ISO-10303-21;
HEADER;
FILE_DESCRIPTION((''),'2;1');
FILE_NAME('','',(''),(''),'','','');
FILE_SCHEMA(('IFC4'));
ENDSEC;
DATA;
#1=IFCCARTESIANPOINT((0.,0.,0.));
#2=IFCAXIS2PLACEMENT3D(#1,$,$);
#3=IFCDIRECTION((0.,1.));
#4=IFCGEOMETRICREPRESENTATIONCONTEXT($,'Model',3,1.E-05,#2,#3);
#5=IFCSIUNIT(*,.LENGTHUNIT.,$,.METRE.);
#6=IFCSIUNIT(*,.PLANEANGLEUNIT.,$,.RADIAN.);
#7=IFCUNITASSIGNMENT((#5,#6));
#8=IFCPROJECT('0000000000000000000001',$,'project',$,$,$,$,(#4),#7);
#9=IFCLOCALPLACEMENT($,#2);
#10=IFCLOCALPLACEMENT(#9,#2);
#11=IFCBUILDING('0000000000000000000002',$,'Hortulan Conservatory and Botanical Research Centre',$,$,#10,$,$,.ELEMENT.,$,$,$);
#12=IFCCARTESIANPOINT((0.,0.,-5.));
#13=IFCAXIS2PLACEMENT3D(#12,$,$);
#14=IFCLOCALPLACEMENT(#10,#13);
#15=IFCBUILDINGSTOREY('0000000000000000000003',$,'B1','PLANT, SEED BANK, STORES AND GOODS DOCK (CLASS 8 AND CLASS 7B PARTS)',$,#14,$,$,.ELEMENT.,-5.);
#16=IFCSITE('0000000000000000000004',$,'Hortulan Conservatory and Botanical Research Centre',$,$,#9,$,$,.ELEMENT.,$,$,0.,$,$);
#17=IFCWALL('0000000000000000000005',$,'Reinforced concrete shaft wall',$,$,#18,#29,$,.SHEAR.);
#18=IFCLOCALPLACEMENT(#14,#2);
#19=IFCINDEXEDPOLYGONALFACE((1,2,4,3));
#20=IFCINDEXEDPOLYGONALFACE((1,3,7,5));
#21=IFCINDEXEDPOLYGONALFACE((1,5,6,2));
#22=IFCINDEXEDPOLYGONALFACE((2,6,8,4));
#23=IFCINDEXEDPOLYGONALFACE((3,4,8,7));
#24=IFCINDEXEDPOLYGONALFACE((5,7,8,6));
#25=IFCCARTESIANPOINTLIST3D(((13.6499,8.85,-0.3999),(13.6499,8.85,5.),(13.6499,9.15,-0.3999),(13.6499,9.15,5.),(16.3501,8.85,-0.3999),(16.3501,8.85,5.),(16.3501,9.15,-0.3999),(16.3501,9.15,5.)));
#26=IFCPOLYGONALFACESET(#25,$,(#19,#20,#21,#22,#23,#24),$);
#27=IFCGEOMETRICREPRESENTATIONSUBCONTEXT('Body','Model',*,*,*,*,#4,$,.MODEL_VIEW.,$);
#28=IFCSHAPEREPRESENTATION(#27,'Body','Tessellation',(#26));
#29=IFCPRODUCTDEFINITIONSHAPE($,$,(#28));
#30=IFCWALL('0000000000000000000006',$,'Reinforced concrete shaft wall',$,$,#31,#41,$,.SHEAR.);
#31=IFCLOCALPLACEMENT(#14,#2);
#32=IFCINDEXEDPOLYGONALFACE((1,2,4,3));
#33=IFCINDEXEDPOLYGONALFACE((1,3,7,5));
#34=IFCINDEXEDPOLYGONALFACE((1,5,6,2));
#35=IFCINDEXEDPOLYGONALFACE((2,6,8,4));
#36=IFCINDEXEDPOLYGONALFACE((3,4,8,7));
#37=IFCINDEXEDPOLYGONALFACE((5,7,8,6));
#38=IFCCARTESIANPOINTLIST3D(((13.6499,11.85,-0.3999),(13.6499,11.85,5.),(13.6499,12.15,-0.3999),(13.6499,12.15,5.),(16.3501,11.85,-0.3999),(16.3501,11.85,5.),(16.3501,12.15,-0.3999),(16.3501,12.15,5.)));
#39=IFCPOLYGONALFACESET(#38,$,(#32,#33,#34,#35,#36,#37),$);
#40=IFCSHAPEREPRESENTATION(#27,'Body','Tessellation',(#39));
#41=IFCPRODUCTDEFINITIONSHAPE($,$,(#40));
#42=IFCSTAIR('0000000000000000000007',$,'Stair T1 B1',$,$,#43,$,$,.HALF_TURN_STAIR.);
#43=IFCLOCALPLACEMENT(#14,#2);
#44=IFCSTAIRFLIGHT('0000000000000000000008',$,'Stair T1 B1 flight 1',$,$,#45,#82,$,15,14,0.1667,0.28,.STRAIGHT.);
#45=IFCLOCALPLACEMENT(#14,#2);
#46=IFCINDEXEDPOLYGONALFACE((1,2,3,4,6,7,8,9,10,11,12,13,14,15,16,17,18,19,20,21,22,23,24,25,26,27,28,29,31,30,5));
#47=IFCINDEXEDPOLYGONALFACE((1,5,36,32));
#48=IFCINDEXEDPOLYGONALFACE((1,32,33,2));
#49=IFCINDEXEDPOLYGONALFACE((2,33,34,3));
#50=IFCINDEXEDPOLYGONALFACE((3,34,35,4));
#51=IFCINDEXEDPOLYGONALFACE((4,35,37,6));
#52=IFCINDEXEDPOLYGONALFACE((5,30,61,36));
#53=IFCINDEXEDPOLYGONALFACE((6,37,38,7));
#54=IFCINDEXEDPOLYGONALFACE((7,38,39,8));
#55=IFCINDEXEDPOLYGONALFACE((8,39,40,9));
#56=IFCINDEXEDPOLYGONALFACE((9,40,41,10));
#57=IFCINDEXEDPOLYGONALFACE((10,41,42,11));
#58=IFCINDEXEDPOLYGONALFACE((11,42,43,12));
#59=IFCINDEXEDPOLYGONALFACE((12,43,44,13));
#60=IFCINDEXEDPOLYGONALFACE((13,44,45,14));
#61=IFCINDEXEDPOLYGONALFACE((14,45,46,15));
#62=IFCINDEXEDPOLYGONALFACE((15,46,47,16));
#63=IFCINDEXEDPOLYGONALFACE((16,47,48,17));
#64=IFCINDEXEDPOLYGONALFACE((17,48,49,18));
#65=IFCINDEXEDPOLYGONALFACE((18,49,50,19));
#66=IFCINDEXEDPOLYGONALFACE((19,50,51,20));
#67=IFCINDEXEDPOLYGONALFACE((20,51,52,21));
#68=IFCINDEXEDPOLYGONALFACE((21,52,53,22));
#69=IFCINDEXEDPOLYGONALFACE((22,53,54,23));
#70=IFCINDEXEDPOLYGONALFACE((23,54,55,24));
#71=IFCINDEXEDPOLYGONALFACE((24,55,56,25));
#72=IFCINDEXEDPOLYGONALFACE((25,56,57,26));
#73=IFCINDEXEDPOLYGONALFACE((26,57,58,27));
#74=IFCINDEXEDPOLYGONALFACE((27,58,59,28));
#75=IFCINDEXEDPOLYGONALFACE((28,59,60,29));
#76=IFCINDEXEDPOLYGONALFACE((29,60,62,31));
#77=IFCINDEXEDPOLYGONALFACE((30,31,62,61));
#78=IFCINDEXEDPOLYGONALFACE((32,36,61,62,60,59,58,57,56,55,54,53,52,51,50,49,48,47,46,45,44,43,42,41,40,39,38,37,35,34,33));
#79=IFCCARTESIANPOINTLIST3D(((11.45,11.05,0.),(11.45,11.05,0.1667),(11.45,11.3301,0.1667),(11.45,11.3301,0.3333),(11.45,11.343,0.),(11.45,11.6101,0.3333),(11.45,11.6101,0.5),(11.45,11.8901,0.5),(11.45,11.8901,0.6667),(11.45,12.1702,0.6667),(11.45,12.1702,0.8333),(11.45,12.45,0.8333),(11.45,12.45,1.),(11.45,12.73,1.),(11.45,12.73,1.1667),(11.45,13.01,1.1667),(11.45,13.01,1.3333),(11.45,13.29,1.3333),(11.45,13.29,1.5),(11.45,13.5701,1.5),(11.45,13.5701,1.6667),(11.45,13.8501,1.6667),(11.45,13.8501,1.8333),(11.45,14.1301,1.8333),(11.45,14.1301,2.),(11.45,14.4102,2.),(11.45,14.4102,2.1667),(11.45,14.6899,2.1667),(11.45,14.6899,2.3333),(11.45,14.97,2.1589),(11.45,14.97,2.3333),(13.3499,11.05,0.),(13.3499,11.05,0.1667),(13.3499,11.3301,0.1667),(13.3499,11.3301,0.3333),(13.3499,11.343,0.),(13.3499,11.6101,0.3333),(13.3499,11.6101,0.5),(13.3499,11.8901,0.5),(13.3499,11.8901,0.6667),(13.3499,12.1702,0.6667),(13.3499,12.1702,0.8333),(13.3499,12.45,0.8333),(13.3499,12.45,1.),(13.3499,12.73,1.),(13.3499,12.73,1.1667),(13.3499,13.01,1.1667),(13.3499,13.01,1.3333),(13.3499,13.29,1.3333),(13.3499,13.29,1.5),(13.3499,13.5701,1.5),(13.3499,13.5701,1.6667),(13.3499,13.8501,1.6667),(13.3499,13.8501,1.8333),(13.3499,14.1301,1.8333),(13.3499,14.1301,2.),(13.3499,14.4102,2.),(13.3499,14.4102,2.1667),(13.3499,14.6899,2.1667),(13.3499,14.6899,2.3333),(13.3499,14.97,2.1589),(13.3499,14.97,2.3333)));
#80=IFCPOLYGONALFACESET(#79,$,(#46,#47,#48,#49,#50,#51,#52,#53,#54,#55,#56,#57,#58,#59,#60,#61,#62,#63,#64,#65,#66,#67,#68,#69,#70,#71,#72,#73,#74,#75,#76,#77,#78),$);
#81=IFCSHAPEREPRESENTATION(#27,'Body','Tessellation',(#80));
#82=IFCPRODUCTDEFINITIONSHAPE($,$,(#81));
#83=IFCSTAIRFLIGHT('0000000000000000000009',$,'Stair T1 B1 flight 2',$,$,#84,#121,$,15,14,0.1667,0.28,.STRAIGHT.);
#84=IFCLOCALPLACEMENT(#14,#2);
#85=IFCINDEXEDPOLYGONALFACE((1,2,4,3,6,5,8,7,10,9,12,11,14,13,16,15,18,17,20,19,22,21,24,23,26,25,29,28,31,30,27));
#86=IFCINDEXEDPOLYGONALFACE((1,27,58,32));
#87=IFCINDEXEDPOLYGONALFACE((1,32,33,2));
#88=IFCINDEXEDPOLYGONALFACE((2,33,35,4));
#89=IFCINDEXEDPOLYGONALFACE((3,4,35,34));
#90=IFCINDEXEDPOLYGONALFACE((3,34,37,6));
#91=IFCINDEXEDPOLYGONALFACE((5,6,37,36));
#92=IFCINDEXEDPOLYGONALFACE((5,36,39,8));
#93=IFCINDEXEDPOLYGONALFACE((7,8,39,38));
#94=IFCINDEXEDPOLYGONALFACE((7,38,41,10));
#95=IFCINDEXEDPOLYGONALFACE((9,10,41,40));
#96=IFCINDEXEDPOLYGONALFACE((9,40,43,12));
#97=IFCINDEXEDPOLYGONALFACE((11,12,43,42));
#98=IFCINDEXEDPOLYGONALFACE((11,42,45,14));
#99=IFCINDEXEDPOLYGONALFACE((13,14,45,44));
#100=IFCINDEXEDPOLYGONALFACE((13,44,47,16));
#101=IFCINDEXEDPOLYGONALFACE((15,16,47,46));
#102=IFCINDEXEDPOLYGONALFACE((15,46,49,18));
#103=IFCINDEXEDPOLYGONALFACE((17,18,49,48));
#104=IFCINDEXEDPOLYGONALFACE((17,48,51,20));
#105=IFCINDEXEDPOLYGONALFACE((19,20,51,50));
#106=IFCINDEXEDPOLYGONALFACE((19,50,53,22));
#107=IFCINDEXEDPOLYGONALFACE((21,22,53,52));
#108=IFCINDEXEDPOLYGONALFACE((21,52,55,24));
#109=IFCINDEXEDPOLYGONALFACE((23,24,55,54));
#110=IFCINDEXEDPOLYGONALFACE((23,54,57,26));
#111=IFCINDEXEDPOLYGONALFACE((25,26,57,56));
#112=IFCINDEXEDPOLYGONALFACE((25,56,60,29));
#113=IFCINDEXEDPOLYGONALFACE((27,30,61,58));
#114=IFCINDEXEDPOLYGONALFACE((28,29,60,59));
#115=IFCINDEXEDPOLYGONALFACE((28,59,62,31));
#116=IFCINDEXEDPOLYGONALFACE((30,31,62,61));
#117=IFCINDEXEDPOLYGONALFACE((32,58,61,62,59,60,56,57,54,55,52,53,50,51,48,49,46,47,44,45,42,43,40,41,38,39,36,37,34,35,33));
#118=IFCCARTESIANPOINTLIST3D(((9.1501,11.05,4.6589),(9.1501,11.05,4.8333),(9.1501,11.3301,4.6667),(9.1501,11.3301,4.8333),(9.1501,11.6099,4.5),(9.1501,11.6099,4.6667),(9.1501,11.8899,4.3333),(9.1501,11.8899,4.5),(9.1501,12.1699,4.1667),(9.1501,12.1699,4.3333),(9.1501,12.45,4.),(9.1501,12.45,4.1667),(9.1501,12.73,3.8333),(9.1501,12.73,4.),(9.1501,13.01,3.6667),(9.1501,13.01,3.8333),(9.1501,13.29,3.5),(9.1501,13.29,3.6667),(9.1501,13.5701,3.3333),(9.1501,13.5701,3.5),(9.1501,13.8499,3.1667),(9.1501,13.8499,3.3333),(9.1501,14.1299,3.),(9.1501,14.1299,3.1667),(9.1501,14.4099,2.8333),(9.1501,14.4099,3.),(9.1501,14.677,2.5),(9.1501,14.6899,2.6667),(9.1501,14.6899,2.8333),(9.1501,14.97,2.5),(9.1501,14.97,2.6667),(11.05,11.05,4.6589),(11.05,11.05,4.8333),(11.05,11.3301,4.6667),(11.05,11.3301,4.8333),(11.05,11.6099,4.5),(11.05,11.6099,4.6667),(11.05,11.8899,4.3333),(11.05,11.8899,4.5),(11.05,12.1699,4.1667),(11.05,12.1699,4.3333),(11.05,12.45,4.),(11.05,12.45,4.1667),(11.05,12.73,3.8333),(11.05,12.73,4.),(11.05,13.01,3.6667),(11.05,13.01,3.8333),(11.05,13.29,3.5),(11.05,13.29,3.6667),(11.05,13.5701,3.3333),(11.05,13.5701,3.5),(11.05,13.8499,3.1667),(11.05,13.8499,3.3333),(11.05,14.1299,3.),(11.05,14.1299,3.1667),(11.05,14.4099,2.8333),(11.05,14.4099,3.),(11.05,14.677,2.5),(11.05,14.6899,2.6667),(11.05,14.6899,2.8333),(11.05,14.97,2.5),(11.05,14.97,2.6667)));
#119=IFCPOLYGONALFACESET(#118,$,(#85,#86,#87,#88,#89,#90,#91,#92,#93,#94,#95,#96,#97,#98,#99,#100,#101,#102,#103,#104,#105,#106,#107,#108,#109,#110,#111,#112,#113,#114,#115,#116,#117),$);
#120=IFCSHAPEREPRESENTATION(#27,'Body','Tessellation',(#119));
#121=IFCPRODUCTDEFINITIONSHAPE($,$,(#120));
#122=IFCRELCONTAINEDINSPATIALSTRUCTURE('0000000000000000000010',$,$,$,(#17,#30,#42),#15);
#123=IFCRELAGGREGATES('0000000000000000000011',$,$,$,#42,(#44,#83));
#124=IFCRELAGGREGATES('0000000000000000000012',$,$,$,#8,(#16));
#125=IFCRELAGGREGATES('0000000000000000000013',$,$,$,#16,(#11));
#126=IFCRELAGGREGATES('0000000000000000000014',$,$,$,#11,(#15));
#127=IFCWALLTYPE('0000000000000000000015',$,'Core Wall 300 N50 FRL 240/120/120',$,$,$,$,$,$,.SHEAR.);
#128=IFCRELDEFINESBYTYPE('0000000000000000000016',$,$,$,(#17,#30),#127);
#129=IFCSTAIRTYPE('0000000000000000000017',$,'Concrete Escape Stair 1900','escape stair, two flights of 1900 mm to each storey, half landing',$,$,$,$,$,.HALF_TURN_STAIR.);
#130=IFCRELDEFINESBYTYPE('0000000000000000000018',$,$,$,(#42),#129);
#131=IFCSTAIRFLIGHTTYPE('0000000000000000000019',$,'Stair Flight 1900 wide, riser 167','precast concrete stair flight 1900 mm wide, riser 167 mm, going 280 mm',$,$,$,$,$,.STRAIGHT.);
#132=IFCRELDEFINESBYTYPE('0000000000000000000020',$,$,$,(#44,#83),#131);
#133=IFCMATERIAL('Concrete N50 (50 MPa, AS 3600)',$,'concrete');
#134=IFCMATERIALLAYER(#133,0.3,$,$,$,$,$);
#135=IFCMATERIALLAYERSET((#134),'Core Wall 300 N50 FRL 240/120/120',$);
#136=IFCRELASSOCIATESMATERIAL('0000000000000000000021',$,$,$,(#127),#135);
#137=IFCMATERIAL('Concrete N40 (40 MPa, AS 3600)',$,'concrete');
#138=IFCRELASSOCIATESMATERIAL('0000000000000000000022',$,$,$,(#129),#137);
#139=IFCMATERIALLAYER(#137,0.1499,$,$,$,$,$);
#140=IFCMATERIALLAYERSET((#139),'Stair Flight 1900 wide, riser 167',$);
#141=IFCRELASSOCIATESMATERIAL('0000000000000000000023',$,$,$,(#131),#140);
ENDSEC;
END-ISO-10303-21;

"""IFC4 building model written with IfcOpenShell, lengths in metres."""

from ifc_helpers import new_model, si_unit, direction, frame, frame_2d, origin, place, context, subcontext, project, spatial, polyline, rectangle, outline, extrude, material, layer, layer_set, type_object, element, aggregate, save


model = new_model("IFC4")

# Units and contexts
model_context = context("Model", 3, precision=1e-05, world=origin(), true_north=direction((0.0, 1.0)))
body_context = subcontext(model_context, "Body", "Model", "MODEL_VIEW")
ifc_project = project(units=[si_unit("LENGTHUNIT", "METRE"), si_unit("PLANEANGLEUNIT", "RADIAN")], contexts=[model_context])

# Site, building, storey
site_placement = place(None, origin())
site = spatial("IfcSite", under=ifc_project, at=site_placement, Name="Hortulan Conservatory and Botanical Research Centre", CompositionType="ELEMENT", RefElevation=0.0)
building_placement = place(site_placement, origin())
building = spatial("IfcBuilding", under=site, at=building_placement, Name="Hortulan Conservatory and Botanical Research Centre", CompositionType="ELEMENT")
storey_placement = place(building_placement, frame((0.0, 0.0, -5.0)))
storey = spatial("IfcBuildingStorey", under=building, at=storey_placement, Name="B1", Description="PLANT, SEED BANK, STORES AND GOODS DOCK (CLASS 8 AND CLASS 7B PARTS)", CompositionType="ELEMENT", Elevation=-5.0)

# Shared definitions
ifc_material_1 = material(Name="Concrete N40 (40 MPa, AS 3600)", Category="concrete")

# Walls
ifc_material_2 = material(Name="Concrete N50 (50 MPa, AS 3600)", Category="concrete")
ifc_layer_1 = layer(ifc_material_2, 0.3)
ifc_layer_set_1 = layer_set([ifc_layer_1], Name="Core Wall 300 N50 FRL 240/120/120")
wall_type_1 = type_object("IfcWallType", Name="Core Wall 300 N50 FRL 240/120/120", PredefinedType="SHEAR", material=ifc_layer_set_1)
for number, where, z_axis, x_axis, name in (
    (1, (13.6499, 9.0, -0.3999), (0.0, 0.0, 1.0), (1.0, 0.0, 0.0), "Reinforced concrete shaft wall"),
    (2, (13.6499, 12.0, -0.3999), (0.0, 0.0, 1.0), (1.0, 0.0, 0.0), "Reinforced concrete shaft wall"),
):
    element("IfcWall", number, at=place(storey_placement, frame(where, z_axis=z_axis, x_axis=x_axis)), inside=storey, type_object=wall_type_1, Name=name, PredefinedType="SHEAR", context=body_context, shape_type="SweptSolid", body=[
        extrude(rectangle(XDim=2.7002, YDim=0.3, at=frame_2d((1.3501, 0.0))), origin(), (0.0, 0.0, 1.0), 5.3999),
    ])

# Stair, stair flights
stair_type = type_object("IfcStairType", Name="Concrete Escape Stair 1900", Description="escape stair, two flights of 1900 mm to each storey, half landing", PredefinedType="HALF_TURN_STAIR", material=ifc_material_1)
stair_placement = place(storey_placement, origin())
stair = element("IfcStair", 3, at=stair_placement, inside=storey, type_object=stair_type, Name="Stair T1 B1", PredefinedType="HALF_TURN_STAIR")
ifc_layer_2 = layer(ifc_material_1, 0.1499)
ifc_layer_set_2 = layer_set([ifc_layer_2], Name="Stair Flight 1900 wide, riser 167")
stair_flight_type = type_object("IfcStairFlightType", Name="Stair Flight 1900 wide, riser 167", Description="precast concrete stair flight 1900 mm wide, riser 167 mm, going 280 mm", PredefinedType="STRAIGHT", material=ifc_layer_set_2)
stair_flight_1_placement = place(storey_placement, frame((12.3999, 11.05, 0.0), z_axis=(0.0, 0.0, 1.0), x_axis=(0.0, 1.0, 0.0)))
stair_flight_1 = element("IfcStairFlight", 4, at=stair_flight_1_placement, type_object=stair_flight_type, Name="Stair T1 B1 flight 1", NumberOfRisers=15, NumberOfTreads=14, PredefinedType="STRAIGHT", RiserHeight=0.1667, TreadLength=0.28, context=body_context, shape_type="SweptSolid", body=[
    extrude(outline(polyline([(0.0, 0.0), (0.0, 0.1667), (0.28, 0.1667), (0.28, 0.3333), (0.5601, 0.3333), (0.5601, 0.5), (0.8401, 0.5), (0.8401, 0.6667), (1.1201, 0.6667), (1.1201, 0.8333), (1.3999, 0.8333), (1.3999, 1.0), (1.6799, 1.0), (1.6799, 1.1667), (1.96, 1.1667), (1.96, 1.3333), (2.24, 1.3333), (2.24, 1.5), (2.52, 1.5), (2.52, 1.6667), (2.8, 1.6667), (2.8, 1.8333), (3.0801, 1.8333), (3.0801, 2.0), (3.3601, 2.0), (3.3601, 2.1667), (3.6399, 2.1667), (3.6399, 2.3333), (3.9199, 2.3333), (3.9199, 2.5), (3.9199, 2.1589), (0.293, 0.0), (0.0, 0.0)])), frame((0.0, 0.95, 0.0), z_axis=(0.0, -1.0, 0.0), x_axis=(1.0, 0.0, 0.0)), (0.0, 0.0, 1.0), 1.8999),
])
stair_flight_2_placement = place(storey_placement, frame((10.1001, 14.97, 2.5), z_axis=(0.0, 0.0, 1.0), x_axis=(0.0, -1.0, 0.0)))
stair_flight_2 = element("IfcStairFlight", 5, at=stair_flight_2_placement, type_object=stair_flight_type, Name="Stair T1 B1 flight 2", NumberOfRisers=15, NumberOfTreads=14, PredefinedType="STRAIGHT", RiserHeight=0.1667, TreadLength=0.28, context=body_context, shape_type="SweptSolid", body=[
    extrude(outline(polyline([(0.0, 0.0), (0.0, 0.1667), (0.28, 0.1667), (0.28, 0.3333), (0.5601, 0.3333), (0.5601, 0.5), (0.8401, 0.5), (0.8401, 0.6667), (1.1201, 0.6667), (1.1201, 0.8333), (1.3999, 0.8333), (1.3999, 1.0), (1.6799, 1.0), (1.6799, 1.1667), (1.96, 1.1667), (1.96, 1.3333), (2.24, 1.3333), (2.24, 1.5), (2.52, 1.5), (2.52, 1.6667), (2.8, 1.6667), (2.8, 1.8333), (3.0801, 1.8333), (3.0801, 2.0), (3.3601, 2.0), (3.3601, 2.1667), (3.6399, 2.1667), (3.6399, 2.3333), (3.9199, 2.3333), (3.9199, 2.5), (3.9199, 2.1589), (0.293, 0.0), (0.0, 0.0)])), frame((0.0, 0.95, 0.0), z_axis=(0.0, -1.0, 0.0), x_axis=(1.0, 0.0, 0.0)), (0.0, 0.0, 1.0), 1.8999),
])
aggregate(stair, [stair_flight_1, stair_flight_2])

save(model, "model.ifc")
